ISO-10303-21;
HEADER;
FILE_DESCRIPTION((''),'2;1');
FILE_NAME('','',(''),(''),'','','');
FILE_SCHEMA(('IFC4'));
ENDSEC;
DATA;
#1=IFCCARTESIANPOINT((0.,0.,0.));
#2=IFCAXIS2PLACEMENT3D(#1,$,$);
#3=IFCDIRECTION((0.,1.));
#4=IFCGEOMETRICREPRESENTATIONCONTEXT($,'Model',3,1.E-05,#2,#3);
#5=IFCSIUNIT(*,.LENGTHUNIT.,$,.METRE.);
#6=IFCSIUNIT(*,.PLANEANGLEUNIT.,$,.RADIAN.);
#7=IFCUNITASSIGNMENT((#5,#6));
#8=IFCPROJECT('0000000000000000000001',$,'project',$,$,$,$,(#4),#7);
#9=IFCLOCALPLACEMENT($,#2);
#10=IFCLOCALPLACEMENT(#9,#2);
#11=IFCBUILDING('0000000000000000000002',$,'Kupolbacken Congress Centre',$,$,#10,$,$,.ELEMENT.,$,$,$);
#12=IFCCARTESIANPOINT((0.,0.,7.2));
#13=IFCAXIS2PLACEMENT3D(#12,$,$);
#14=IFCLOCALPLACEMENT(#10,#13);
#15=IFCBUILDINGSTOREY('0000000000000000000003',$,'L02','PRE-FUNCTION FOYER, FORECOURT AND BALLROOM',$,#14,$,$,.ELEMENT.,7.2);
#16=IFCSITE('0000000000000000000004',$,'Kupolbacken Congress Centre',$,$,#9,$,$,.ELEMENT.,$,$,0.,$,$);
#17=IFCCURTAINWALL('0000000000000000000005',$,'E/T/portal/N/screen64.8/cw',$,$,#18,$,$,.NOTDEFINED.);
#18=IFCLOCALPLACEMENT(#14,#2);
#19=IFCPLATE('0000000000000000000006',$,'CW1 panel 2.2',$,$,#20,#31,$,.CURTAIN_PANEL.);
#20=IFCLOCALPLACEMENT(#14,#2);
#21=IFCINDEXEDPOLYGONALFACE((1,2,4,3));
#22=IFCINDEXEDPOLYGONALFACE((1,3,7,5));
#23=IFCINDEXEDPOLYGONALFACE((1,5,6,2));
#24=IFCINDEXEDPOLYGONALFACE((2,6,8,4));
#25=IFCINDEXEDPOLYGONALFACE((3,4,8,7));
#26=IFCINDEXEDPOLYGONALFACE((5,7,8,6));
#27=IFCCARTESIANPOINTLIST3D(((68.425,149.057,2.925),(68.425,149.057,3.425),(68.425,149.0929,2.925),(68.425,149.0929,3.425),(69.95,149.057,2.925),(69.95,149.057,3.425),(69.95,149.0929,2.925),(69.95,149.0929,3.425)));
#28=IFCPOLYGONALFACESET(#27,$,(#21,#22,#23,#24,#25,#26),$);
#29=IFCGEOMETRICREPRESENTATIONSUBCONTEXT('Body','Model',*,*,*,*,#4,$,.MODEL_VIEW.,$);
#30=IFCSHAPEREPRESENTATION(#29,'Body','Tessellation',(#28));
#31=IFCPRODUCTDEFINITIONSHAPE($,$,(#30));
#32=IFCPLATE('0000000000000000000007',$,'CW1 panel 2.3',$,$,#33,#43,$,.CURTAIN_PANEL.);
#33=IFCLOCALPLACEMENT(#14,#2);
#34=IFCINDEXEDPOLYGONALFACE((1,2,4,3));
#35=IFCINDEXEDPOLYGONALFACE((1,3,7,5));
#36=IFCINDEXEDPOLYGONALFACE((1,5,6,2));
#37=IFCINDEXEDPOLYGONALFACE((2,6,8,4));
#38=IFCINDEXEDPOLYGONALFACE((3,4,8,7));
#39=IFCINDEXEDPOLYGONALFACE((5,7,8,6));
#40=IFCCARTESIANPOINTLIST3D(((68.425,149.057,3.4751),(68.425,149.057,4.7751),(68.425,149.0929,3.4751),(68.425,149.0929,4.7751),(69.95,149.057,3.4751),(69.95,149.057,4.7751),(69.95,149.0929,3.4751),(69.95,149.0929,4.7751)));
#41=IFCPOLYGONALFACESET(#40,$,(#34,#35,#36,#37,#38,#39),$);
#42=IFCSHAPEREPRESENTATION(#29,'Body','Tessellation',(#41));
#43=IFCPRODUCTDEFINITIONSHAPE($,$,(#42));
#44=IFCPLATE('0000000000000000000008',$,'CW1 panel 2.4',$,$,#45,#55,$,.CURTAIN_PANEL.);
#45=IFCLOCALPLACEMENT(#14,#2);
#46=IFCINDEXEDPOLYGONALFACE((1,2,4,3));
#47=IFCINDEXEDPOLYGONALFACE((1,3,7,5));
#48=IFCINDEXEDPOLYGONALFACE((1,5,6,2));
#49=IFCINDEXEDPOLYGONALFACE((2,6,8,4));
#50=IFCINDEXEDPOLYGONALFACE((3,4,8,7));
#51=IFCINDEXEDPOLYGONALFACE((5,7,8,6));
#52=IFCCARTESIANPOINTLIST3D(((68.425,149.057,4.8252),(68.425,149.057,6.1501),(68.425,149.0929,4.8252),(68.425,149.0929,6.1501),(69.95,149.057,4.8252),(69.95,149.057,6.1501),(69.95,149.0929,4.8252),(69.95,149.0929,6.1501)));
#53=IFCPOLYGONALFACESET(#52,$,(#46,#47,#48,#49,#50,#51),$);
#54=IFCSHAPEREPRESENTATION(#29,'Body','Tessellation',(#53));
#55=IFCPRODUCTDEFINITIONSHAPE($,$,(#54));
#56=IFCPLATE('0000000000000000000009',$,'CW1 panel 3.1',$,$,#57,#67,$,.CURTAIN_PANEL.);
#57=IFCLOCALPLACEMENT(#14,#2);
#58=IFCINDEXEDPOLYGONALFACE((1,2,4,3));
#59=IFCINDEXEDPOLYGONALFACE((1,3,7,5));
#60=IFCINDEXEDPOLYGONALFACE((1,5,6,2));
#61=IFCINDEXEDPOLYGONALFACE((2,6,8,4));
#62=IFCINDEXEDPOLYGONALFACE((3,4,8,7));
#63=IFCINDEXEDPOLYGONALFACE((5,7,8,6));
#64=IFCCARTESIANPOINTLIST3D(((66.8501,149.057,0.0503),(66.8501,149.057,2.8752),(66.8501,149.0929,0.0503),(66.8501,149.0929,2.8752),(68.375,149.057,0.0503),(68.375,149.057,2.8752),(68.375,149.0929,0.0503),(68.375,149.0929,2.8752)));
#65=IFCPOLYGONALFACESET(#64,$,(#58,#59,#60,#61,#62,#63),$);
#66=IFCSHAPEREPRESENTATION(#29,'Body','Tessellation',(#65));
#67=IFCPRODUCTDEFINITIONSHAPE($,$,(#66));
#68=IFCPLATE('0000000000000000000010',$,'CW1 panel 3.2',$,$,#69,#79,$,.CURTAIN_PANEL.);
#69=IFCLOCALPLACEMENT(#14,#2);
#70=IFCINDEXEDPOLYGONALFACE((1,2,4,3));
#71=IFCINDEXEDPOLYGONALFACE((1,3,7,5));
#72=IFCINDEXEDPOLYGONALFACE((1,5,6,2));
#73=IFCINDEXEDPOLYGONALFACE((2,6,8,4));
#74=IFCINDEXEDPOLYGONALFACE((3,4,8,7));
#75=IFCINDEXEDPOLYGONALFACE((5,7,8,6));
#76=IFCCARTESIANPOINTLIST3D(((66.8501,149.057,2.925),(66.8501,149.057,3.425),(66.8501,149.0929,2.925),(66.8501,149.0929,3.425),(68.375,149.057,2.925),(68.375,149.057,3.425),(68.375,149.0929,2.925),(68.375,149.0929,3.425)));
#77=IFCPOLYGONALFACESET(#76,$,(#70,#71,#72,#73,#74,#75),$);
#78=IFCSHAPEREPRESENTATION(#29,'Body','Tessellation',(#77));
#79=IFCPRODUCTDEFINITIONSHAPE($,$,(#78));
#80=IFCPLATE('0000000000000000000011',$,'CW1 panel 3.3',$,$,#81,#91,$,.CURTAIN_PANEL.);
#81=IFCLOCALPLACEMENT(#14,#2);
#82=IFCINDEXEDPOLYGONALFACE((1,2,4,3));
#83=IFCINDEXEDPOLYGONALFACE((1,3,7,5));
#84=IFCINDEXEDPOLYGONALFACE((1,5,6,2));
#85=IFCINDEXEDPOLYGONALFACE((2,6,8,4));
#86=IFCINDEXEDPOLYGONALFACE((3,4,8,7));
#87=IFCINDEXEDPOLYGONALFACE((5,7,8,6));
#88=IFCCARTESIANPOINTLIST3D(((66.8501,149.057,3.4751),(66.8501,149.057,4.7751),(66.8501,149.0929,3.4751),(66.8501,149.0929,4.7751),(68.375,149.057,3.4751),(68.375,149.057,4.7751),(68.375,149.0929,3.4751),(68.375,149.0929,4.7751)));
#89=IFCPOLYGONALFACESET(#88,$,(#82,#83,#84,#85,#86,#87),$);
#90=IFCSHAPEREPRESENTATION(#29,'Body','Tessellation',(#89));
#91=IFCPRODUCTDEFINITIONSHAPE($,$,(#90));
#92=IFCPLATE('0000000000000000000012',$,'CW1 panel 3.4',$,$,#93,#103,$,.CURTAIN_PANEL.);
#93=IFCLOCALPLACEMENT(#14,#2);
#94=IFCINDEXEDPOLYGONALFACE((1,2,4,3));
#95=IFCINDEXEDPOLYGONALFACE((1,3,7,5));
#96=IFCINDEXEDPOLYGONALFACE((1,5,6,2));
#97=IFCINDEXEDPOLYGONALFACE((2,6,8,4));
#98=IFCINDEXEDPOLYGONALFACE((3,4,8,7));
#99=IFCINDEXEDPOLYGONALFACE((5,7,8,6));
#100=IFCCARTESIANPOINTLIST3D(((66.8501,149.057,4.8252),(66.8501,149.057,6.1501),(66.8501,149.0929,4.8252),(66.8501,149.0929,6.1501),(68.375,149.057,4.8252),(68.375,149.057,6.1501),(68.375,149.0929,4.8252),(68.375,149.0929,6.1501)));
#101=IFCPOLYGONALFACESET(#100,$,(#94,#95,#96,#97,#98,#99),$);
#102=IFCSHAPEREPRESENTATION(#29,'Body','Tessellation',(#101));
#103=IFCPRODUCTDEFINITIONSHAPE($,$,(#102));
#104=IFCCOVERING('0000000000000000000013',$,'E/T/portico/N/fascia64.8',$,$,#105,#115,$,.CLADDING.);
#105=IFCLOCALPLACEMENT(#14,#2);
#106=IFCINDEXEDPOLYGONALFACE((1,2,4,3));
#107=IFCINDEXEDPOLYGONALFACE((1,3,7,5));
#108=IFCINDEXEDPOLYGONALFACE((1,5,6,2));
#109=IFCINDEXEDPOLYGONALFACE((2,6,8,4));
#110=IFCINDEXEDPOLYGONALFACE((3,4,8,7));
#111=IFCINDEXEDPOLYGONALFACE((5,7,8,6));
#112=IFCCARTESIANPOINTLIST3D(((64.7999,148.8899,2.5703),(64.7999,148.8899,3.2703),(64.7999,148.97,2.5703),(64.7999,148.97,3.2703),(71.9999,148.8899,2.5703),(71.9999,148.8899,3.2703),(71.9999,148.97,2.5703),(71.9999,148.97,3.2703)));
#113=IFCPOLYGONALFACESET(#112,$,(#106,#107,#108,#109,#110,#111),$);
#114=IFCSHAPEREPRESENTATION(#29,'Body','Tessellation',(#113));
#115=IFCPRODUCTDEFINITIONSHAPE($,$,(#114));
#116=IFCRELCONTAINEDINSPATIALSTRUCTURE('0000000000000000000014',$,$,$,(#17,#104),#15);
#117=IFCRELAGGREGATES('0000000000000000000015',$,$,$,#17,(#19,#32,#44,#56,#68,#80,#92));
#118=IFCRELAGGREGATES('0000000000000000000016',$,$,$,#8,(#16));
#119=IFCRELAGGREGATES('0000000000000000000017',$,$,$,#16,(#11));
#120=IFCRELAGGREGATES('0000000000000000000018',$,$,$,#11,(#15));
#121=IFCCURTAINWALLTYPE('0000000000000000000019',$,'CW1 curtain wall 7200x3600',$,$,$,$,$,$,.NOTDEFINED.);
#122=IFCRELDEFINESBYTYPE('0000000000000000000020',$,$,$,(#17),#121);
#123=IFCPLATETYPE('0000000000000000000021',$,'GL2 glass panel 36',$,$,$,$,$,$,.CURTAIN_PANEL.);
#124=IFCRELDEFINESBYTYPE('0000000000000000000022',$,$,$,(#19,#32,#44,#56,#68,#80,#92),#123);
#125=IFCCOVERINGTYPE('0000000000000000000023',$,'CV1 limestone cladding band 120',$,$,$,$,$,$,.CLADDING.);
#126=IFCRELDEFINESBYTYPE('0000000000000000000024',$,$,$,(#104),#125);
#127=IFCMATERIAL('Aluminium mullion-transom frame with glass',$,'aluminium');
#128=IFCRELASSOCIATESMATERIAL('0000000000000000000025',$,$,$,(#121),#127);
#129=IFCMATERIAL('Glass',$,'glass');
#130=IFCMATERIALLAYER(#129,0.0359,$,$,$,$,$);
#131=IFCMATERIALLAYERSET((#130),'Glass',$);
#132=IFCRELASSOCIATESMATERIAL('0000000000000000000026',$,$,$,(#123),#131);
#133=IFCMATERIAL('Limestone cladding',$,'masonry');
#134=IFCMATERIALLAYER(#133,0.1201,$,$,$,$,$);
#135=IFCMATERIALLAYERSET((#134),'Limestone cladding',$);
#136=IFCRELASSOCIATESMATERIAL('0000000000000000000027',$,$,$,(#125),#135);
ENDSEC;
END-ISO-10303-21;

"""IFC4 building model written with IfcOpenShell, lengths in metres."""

from ifc_helpers import new_model, si_unit, direction, frame, origin, origin_2d, place, context, subcontext, project, spatial, rectangle, extrude, material, layer, layer_set, type_object, element, aggregate, save


model = new_model("IFC4")

# Units and contexts
model_context = context("Model", 3, precision=1e-05, world=origin(), true_north=direction((0.0, 1.0)))
body_context = subcontext(model_context, "Body", "Model", "MODEL_VIEW")
ifc_project = project(units=[si_unit("LENGTHUNIT", "METRE"), si_unit("PLANEANGLEUNIT", "RADIAN")], contexts=[model_context])

# Site, building, storey
site_placement = place(None, origin())
site = spatial("IfcSite", under=ifc_project, at=site_placement, Name="Kupolbacken Congress Centre", CompositionType="ELEMENT", RefElevation=0.0)
building_placement = place(site_placement, origin())
building = spatial("IfcBuilding", under=site, at=building_placement, Name="Kupolbacken Congress Centre", CompositionType="ELEMENT")
storey_placement = place(building_placement, frame((0.0, 0.0, 7.2)))
storey = spatial("IfcBuildingStorey", under=building, at=storey_placement, Name="L02", Description="PRE-FUNCTION FOYER, FORECOURT AND BALLROOM", CompositionType="ELEMENT", Elevation=7.2)

# Curtain wall, plates
ifc_material_1 = material(Name="Aluminium mullion-transom frame with glass", Category="aluminium")
curtain_wall_type = type_object("IfcCurtainWallType", Name="CW1 curtain wall 7200x3600", PredefinedType="NOTDEFINED", material=ifc_material_1)
curtain_wall_placement = place(storey_placement, origin())
curtain_wall = element("IfcCurtainWall", 1, at=curtain_wall_placement, inside=storey, type_object=curtain_wall_type, Name="E/T/portal/N/screen64.8/cw", PredefinedType="NOTDEFINED")
ifc_material_2 = material(Name="Glass", Category="glass")
ifc_layer_1 = layer(ifc_material_2, 0.0359)
ifc_layer_set_1 = layer_set([ifc_layer_1], Name="Glass")
plate_type = type_object("IfcPlateType", Name="GL2 glass panel 36", PredefinedType="CURTAIN_PANEL", material=ifc_layer_set_1)
plate_1_placement = place(storey_placement, frame((69.1875, 149.075, 2.925), z_axis=(0.0, 0.0, 1.0), x_axis=(-1.0, 0.0, 0.0)))
plate_1 = element("IfcPlate", 2, at=plate_1_placement, type_object=plate_type, Name="CW1 panel 2.2", PredefinedType="CURTAIN_PANEL", context=body_context, shape_type="SweptSolid", body=[
    extrude(rectangle(XDim=1.5249, YDim=0.0359, at=origin_2d()), origin(), (0.0, 0.0, 1.0), 0.5),
])
plate_2_placement = place(storey_placement, frame((69.1875, 149.075, 3.4751), z_axis=(0.0, 0.0, 1.0), x_axis=(-1.0, 0.0, 0.0)))
plate_2 = element("IfcPlate", 3, at=plate_2_placement, type_object=plate_type, Name="CW1 panel 2.3", PredefinedType="CURTAIN_PANEL", context=body_context, shape_type="SweptSolid", body=[
    extrude(rectangle(XDim=1.5249, YDim=0.0359, at=origin_2d()), origin(), (0.0, 0.0, 1.0), 1.3),
])
plate_3_placement = place(storey_placement, frame((69.1875, 149.075, 4.8252), z_axis=(0.0, 0.0, 1.0), x_axis=(-1.0, 0.0, 0.0)))
plate_3 = element("IfcPlate", 4, at=plate_3_placement, type_object=plate_type, Name="CW1 panel 2.4", PredefinedType="CURTAIN_PANEL", context=body_context, shape_type="SweptSolid", body=[
    extrude(rectangle(XDim=1.5249, YDim=0.0359, at=origin_2d()), origin(), (0.0, 0.0, 1.0), 1.325),
])
plate_4_placement = place(storey_placement, frame((67.6125, 149.075, 0.0503), z_axis=(0.0, 0.0, 1.0), x_axis=(-1.0, 0.0, 0.0)))
plate_4 = element("IfcPlate", 5, at=plate_4_placement, type_object=plate_type, Name="CW1 panel 3.1", PredefinedType="CURTAIN_PANEL", context=body_context, shape_type="SweptSolid", body=[
    extrude(rectangle(XDim=1.5249, YDim=0.0359, at=origin_2d()), origin(), (0.0, 0.0, 1.0), 2.825),
])
plate_5_placement = place(storey_placement, frame((67.6125, 149.075, 2.925), z_axis=(0.0, 0.0, 1.0), x_axis=(-1.0, 0.0, 0.0)))
plate_5 = element("IfcPlate", 6, at=plate_5_placement, type_object=plate_type, Name="CW1 panel 3.2", PredefinedType="CURTAIN_PANEL", context=body_context, shape_type="SweptSolid", body=[
    extrude(rectangle(XDim=1.5249, YDim=0.0359, at=origin_2d()), origin(), (0.0, 0.0, 1.0), 0.5),
])
plate_6_placement = place(storey_placement, frame((67.6125, 149.075, 3.4751), z_axis=(0.0, 0.0, 1.0), x_axis=(-1.0, 0.0, 0.0)))
plate_6 = element("IfcPlate", 7, at=plate_6_placement, type_object=plate_type, Name="CW1 panel 3.3", PredefinedType="CURTAIN_PANEL", context=body_context, shape_type="SweptSolid", body=[
    extrude(rectangle(XDim=1.5249, YDim=0.0359, at=origin_2d()), origin(), (0.0, 0.0, 1.0), 1.3),
])
plate_7_placement = place(storey_placement, frame((67.6125, 149.075, 4.8252), z_axis=(0.0, 0.0, 1.0), x_axis=(-1.0, 0.0, 0.0)))
plate_7 = element("IfcPlate", 8, at=plate_7_placement, type_object=plate_type, Name="CW1 panel 3.4", PredefinedType="CURTAIN_PANEL", context=body_context, shape_type="SweptSolid", body=[
    extrude(rectangle(XDim=1.5249, YDim=0.0359, at=origin_2d()), origin(), (0.0, 0.0, 1.0), 1.325),
])
aggregate(curtain_wall, [plate_1, plate_2, plate_3, plate_4, plate_5, plate_6, plate_7])

# Covering
ifc_material_3 = material(Name="Limestone cladding", Category="masonry")
ifc_layer_2 = layer(ifc_material_3, 0.1201)
ifc_layer_set_2 = layer_set([ifc_layer_2], Name="Limestone cladding")
covering_type = type_object("IfcCoveringType", Name="CV1 limestone cladding band 120", PredefinedType="CLADDING", material=ifc_layer_set_2)
covering_placement = place(storey_placement, frame((68.3999, 148.9299, 2.5703), z_axis=(0.0, 0.0, 1.0), x_axis=(1.0, 0.0, 0.0)))
element("IfcCovering", 9, at=covering_placement, inside=storey, type_object=covering_type, Name="E/T/portico/N/fascia64.8", PredefinedType="CLADDING", context=body_context, shape_type="SweptSolid", body=[
    extrude(rectangle(XDim=7.2, YDim=0.0801, at=origin_2d()), origin(), (0.0, 0.0, 1.0), 0.7),
])

save(model, "model.ifc")
